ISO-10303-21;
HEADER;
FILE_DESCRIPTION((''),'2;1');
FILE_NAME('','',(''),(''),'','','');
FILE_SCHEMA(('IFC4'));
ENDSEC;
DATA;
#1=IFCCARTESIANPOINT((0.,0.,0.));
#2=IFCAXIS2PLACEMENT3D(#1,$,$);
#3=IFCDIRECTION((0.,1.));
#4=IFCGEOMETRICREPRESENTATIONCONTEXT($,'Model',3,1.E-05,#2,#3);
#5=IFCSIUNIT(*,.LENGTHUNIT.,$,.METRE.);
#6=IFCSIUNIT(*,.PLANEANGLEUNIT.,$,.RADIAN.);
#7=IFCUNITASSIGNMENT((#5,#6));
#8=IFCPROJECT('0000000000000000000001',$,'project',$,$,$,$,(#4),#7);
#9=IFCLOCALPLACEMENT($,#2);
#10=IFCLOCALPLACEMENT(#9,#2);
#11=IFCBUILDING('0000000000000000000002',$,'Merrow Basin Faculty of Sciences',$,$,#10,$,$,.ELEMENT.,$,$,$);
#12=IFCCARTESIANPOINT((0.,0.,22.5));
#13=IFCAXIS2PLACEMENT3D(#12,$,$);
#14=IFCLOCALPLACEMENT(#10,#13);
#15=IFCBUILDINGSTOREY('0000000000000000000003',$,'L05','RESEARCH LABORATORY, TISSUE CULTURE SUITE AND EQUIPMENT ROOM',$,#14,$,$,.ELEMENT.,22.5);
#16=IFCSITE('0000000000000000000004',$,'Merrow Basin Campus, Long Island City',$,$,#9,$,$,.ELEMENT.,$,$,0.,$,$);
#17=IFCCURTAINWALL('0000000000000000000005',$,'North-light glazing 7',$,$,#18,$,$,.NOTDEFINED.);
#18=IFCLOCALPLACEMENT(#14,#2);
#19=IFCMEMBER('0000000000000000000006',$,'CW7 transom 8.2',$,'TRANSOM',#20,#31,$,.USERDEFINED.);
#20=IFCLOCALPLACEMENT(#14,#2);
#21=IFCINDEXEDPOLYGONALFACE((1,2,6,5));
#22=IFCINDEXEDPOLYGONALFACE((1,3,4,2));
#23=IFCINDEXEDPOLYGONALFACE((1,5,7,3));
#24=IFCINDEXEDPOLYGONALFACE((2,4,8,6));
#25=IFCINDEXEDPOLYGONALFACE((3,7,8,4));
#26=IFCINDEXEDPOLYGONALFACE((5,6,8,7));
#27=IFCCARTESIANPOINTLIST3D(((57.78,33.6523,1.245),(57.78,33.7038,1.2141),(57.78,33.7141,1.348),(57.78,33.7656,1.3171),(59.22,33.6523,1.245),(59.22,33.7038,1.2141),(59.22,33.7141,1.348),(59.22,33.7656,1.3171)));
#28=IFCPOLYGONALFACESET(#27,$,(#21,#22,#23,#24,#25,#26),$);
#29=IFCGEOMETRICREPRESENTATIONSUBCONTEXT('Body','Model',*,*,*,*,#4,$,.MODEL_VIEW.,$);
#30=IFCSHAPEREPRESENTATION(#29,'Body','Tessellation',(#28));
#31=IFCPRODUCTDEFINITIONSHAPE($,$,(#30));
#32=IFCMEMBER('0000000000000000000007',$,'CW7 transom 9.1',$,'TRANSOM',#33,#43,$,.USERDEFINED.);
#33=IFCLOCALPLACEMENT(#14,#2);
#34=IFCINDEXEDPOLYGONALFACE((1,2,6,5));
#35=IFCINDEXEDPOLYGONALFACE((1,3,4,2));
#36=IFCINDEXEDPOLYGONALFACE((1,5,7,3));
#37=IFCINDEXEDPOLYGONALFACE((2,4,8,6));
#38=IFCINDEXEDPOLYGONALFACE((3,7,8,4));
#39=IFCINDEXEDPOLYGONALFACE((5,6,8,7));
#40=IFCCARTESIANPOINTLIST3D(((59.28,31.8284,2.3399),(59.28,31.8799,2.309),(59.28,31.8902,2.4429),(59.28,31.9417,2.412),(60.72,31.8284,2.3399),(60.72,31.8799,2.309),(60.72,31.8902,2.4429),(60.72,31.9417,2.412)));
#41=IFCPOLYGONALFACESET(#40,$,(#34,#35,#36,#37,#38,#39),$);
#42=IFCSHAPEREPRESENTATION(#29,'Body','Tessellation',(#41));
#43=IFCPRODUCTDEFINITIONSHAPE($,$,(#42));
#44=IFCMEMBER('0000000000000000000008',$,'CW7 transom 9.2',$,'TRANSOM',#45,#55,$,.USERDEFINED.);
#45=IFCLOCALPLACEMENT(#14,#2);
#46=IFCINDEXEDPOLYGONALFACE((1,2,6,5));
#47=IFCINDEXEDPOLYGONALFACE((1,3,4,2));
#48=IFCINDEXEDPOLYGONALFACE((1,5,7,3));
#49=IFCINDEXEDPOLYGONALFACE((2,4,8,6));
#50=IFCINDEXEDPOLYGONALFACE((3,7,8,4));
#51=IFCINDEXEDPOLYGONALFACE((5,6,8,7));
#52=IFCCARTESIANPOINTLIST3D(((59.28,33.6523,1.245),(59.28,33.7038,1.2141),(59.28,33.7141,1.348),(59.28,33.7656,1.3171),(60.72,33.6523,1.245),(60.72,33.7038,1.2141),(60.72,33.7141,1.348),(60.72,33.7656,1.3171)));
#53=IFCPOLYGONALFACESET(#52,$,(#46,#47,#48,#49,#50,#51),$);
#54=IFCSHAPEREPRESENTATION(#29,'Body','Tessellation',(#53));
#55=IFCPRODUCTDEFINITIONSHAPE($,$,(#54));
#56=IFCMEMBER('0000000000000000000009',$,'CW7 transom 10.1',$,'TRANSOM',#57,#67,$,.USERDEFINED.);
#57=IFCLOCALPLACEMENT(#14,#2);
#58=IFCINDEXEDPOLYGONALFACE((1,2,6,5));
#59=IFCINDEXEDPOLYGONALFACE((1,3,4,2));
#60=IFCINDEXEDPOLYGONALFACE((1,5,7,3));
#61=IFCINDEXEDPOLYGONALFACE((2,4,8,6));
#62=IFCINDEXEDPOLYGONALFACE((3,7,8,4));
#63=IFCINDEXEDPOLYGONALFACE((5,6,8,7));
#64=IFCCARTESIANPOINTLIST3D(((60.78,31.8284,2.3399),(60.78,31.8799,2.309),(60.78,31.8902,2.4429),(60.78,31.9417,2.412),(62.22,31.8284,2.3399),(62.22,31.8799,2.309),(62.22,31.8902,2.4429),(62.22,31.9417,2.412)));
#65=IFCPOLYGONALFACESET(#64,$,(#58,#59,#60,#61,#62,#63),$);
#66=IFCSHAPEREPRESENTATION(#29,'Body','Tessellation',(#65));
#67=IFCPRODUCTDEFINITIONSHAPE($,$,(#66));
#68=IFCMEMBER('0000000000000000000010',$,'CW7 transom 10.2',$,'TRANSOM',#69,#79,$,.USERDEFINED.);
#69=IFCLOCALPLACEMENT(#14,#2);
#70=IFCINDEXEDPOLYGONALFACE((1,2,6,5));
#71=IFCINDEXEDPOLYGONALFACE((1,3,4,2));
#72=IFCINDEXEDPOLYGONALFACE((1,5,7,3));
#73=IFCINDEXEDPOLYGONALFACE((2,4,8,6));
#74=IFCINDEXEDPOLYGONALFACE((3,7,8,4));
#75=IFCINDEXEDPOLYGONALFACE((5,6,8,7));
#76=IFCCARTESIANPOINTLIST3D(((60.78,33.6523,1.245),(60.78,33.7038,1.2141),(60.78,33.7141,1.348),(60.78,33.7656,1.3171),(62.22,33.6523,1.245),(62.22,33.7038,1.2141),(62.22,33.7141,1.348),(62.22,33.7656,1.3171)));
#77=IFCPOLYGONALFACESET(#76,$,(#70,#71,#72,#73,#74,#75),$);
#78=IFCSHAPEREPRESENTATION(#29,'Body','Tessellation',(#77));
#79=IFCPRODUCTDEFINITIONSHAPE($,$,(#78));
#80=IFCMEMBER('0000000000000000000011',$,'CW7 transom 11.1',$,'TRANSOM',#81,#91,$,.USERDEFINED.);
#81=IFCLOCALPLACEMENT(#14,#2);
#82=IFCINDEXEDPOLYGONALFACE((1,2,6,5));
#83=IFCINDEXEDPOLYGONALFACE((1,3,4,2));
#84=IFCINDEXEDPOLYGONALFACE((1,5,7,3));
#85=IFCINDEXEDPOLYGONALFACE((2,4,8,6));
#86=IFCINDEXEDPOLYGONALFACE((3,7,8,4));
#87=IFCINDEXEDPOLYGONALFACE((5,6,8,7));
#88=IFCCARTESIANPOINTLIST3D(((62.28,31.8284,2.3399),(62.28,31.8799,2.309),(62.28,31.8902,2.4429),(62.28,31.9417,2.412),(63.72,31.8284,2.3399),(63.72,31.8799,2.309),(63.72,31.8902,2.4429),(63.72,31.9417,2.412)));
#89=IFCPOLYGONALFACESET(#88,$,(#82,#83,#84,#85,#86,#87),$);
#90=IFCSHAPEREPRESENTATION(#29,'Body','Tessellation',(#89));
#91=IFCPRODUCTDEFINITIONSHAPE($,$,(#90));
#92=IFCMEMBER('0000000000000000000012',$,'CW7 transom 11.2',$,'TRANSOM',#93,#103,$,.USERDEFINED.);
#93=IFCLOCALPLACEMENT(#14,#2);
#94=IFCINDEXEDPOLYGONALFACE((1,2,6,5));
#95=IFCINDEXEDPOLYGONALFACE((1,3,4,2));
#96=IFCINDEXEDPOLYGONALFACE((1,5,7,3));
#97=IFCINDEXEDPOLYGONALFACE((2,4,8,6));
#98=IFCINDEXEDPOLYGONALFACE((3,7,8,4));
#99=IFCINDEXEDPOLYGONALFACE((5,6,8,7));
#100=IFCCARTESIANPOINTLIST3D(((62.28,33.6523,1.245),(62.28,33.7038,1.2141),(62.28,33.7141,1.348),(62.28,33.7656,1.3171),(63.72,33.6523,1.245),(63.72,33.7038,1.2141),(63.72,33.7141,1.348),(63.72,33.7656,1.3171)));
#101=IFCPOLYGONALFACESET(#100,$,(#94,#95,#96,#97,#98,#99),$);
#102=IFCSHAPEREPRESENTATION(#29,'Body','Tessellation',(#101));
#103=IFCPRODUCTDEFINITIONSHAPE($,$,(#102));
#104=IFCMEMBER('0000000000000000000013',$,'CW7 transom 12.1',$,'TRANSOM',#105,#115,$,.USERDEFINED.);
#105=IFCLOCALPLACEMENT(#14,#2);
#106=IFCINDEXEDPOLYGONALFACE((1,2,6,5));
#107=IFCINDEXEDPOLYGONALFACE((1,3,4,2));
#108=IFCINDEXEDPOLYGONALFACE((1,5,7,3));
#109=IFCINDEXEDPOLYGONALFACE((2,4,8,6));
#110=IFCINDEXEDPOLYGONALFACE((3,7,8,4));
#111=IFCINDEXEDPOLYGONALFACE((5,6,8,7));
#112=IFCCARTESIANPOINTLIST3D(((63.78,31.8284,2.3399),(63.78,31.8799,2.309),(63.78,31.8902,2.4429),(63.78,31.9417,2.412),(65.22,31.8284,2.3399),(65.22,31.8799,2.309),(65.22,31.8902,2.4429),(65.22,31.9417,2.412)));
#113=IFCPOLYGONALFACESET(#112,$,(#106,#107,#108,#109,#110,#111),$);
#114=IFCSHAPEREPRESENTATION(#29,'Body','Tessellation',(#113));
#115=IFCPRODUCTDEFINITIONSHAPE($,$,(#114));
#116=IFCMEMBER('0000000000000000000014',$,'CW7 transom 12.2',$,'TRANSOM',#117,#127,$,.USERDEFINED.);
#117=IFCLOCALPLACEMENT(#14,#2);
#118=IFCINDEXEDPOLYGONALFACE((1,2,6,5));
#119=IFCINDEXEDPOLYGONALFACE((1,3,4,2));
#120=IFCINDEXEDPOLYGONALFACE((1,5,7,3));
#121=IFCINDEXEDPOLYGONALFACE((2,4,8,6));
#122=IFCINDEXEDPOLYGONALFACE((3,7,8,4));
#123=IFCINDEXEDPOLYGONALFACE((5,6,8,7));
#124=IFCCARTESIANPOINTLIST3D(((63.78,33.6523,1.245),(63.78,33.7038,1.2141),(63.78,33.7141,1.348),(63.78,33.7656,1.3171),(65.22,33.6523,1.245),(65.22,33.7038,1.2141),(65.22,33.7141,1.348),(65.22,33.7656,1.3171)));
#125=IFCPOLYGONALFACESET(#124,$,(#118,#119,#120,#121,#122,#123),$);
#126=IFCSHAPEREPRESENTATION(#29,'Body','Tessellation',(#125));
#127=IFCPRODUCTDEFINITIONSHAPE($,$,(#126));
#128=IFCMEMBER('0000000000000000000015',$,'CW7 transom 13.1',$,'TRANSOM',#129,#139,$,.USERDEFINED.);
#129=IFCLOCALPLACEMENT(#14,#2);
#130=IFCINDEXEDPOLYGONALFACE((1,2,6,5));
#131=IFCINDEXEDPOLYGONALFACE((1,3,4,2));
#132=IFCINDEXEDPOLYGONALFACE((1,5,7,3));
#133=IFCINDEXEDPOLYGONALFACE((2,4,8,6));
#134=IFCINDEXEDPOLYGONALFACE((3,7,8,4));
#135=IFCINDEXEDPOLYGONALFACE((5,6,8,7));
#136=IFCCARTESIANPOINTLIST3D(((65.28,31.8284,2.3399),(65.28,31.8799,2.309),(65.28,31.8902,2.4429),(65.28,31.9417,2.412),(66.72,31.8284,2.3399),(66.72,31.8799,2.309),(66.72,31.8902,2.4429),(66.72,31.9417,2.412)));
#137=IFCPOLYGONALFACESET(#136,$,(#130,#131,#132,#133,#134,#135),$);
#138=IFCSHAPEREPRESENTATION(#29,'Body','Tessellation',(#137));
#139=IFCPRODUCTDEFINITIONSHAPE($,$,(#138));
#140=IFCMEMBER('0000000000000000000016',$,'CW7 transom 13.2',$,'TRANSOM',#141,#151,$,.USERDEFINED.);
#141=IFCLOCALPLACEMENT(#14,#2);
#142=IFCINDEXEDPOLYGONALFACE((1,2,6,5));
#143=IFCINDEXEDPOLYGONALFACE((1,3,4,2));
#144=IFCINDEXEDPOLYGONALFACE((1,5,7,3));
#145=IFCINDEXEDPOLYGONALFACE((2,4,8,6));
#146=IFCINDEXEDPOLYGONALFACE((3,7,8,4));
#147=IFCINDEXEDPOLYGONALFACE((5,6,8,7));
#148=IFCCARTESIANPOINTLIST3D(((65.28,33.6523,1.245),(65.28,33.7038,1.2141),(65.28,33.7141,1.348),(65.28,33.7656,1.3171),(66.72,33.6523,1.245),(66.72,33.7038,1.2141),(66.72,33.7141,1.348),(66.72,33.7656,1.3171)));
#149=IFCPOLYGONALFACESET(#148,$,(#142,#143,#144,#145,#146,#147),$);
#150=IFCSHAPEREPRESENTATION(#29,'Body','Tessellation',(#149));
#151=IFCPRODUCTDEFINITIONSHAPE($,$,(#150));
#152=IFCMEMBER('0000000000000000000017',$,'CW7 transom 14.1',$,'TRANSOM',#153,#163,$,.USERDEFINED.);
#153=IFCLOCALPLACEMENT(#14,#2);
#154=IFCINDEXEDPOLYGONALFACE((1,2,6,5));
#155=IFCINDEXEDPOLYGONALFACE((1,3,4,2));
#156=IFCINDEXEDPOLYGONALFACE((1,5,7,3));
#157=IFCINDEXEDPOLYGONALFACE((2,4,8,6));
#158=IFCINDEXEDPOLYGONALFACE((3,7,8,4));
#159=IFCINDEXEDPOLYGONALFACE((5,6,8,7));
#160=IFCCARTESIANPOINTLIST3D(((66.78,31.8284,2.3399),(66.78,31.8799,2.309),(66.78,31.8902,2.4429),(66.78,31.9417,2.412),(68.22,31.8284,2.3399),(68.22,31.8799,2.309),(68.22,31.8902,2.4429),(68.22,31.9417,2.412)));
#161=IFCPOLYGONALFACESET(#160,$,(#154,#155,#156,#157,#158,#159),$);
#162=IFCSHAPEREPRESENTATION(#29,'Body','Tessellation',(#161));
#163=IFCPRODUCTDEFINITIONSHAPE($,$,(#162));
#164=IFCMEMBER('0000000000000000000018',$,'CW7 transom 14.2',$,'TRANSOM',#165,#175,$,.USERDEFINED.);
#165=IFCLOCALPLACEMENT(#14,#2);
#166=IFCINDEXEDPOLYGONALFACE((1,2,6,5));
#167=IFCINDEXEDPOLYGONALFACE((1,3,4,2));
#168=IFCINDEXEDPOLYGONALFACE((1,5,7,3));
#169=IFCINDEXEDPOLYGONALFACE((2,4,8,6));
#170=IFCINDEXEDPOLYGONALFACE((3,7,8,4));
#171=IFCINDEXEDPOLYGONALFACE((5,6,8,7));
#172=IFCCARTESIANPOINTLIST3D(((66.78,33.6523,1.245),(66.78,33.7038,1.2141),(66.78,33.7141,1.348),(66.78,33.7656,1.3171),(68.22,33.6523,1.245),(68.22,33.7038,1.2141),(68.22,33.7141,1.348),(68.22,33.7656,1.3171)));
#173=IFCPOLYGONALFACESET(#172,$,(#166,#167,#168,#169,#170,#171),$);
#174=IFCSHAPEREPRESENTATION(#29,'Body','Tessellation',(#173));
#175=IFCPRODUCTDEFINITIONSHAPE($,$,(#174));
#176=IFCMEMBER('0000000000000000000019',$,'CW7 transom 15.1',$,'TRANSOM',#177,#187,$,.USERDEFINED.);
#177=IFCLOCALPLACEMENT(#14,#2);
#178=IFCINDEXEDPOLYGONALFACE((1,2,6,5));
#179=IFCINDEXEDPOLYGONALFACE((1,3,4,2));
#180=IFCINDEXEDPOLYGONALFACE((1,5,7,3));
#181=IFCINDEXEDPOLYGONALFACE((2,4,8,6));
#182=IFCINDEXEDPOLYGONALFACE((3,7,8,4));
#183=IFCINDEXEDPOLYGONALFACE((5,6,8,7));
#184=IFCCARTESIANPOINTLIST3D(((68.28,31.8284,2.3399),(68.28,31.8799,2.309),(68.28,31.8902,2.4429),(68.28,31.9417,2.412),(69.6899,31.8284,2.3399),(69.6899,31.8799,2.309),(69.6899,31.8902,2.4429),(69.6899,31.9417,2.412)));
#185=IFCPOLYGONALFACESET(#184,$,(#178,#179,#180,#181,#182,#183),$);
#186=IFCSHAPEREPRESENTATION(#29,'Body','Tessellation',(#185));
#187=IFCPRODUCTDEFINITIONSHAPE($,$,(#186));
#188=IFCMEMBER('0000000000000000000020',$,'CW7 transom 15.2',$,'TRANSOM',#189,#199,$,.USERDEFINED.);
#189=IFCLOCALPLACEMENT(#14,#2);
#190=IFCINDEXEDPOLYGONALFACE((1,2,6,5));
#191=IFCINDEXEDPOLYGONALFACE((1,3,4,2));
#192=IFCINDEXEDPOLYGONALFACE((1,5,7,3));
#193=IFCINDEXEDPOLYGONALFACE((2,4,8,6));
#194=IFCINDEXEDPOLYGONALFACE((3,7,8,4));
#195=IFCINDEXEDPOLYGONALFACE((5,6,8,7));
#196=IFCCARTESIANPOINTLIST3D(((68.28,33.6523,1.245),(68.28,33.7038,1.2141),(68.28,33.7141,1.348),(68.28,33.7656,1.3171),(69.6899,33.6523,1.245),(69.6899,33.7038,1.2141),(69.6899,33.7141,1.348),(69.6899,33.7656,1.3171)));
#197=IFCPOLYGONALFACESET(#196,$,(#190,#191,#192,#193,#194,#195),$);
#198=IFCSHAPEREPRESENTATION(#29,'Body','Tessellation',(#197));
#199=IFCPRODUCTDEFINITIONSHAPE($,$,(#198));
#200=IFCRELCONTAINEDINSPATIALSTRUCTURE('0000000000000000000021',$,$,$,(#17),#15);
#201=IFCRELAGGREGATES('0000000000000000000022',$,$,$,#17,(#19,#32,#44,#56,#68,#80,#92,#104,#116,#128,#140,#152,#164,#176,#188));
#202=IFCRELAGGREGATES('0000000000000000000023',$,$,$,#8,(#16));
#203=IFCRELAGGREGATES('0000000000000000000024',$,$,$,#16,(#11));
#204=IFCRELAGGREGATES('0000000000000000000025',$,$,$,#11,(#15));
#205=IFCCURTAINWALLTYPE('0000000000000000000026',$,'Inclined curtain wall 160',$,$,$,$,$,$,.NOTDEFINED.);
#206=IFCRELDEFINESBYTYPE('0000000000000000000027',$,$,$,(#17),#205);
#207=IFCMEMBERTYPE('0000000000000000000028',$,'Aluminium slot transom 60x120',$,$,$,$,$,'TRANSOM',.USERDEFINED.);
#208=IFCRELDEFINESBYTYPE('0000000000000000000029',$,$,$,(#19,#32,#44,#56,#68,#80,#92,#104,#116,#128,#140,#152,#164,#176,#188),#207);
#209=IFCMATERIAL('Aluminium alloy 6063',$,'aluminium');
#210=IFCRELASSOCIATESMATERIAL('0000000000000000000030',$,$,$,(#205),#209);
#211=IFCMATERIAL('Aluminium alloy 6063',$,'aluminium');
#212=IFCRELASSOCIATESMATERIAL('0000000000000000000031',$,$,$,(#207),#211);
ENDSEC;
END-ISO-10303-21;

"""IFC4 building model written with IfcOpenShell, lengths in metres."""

from ifc_helpers import new_model, si_unit, direction, frame, origin, origin_2d, place, context, subcontext, project, spatial, rectangle, extrude, material, material_profile, profile_set, type_object, element, aggregate, save


model = new_model("IFC4")

# Units and contexts
model_context = context("Model", 3, precision=1e-05, world=origin(), true_north=direction((0.0, 1.0)))
body_context = subcontext(model_context, "Body", "Model", "MODEL_VIEW")
ifc_project = project(units=[si_unit("LENGTHUNIT", "METRE"), si_unit("PLANEANGLEUNIT", "RADIAN")], contexts=[model_context])

# Site, building, storey
site_placement = place(None, origin())
site = spatial("IfcSite", under=ifc_project, at=site_placement, Name="Merrow Basin Campus, Long Island City", CompositionType="ELEMENT", RefElevation=0.0)
building_placement = place(site_placement, origin())
building = spatial("IfcBuilding", under=site, at=building_placement, Name="Merrow Basin Faculty of Sciences", CompositionType="ELEMENT")
storey_placement = place(building_placement, frame((0.0, 0.0, 22.5)))
storey = spatial("IfcBuildingStorey", under=building, at=storey_placement, Name="L05", Description="RESEARCH LABORATORY, TISSUE CULTURE SUITE AND EQUIPMENT ROOM", CompositionType="ELEMENT", Elevation=22.5)

# Curtain wall, members
ifc_material_1 = material(Name="Aluminium alloy 6063", Category="aluminium")
curtain_wall_type = type_object("IfcCurtainWallType", Name="Inclined curtain wall 160", PredefinedType="NOTDEFINED", material=ifc_material_1)
curtain_wall_placement = place(storey_placement, origin())
curtain_wall = element("IfcCurtainWall", 1, at=curtain_wall_placement, inside=storey, type_object=curtain_wall_type, Name="North-light glazing 7", PredefinedType="NOTDEFINED")
ifc_material_2 = material(Name="Aluminium alloy 6063", Category="aluminium")
ifc_material_profile = material_profile(ifc_material_2, rectangle(XDim=0.0601, YDim=0.1201, at=origin_2d()))
ifc_profile_set = profile_set([ifc_material_profile], Name="Aluminium alloy 6063")
member_type = type_object("IfcMemberType", Name="Aluminium slot transom 60x120", ElementType="TRANSOM", PredefinedType="USERDEFINED", material=ifc_profile_set)
member_1_placement = place(storey_placement, frame((57.78, 33.709, 1.281), z_axis=(1.0, 0.0, 0.0), x_axis=(0.0, 0.857493, -0.514496)))
member_1 = element("IfcMember", 2, at=member_1_placement, type_object=member_type, Name="CW7 transom 8.2", ObjectType="TRANSOM", PredefinedType="USERDEFINED", context=body_context, shape_type="SweptSolid", body=[
    extrude(rectangle(XDim=0.0601, YDim=0.1201, at=origin_2d()), origin(), (0.0, 0.0, 1.0), 1.4399),
])
member_2_placement = place(storey_placement, frame((59.28, 31.885, 2.376), z_axis=(1.0, 0.0, 0.0), x_axis=(0.0, 0.857493, -0.514496)))
member_2 = element("IfcMember", 3, at=member_2_placement, type_object=member_type, Name="CW7 transom 9.1", ObjectType="TRANSOM", PredefinedType="USERDEFINED", context=body_context, shape_type="SweptSolid", body=[
    extrude(rectangle(XDim=0.0601, YDim=0.1201, at=origin_2d()), origin(), (0.0, 0.0, 1.0), 1.4399),
])
member_3_placement = place(storey_placement, frame((59.28, 33.709, 1.281), z_axis=(1.0, 0.0, 0.0), x_axis=(0.0, 0.857493, -0.514496)))
member_3 = element("IfcMember", 4, at=member_3_placement, type_object=member_type, Name="CW7 transom 9.2", ObjectType="TRANSOM", PredefinedType="USERDEFINED", context=body_context, shape_type="SweptSolid", body=[
    extrude(rectangle(XDim=0.0601, YDim=0.1201, at=origin_2d()), origin(), (0.0, 0.0, 1.0), 1.4399),
])
member_4_placement = place(storey_placement, frame((60.78, 31.885, 2.376), z_axis=(1.0, 0.0, 0.0), x_axis=(0.0, 0.857493, -0.514496)))
member_4 = element("IfcMember", 5, at=member_4_placement, type_object=member_type, Name="CW7 transom 10.1", ObjectType="TRANSOM", PredefinedType="USERDEFINED", context=body_context, shape_type="SweptSolid", body=[
    extrude(rectangle(XDim=0.0601, YDim=0.1201, at=origin_2d()), origin(), (0.0, 0.0, 1.0), 1.4399),
])
member_5_placement = place(storey_placement, frame((60.78, 33.709, 1.281), z_axis=(1.0, 0.0, 0.0), x_axis=(0.0, 0.857493, -0.514496)))
member_5 = element("IfcMember", 6, at=member_5_placement, type_object=member_type, Name="CW7 transom 10.2", ObjectType="TRANSOM", PredefinedType="USERDEFINED", context=body_context, shape_type="SweptSolid", body=[
    extrude(rectangle(XDim=0.0601, YDim=0.1201, at=origin_2d()), origin(), (0.0, 0.0, 1.0), 1.4399),
])
member_6_placement = place(storey_placement, frame((62.28, 31.885, 2.376), z_axis=(1.0, 0.0, 0.0), x_axis=(0.0, 0.857493, -0.514496)))
member_6 = element("IfcMember", 7, at=member_6_placement, type_object=member_type, Name="CW7 transom 11.1", ObjectType="TRANSOM", PredefinedType="USERDEFINED", context=body_context, shape_type="SweptSolid", body=[
    extrude(rectangle(XDim=0.0601, YDim=0.1201, at=origin_2d()), origin(), (0.0, 0.0, 1.0), 1.4399),
])
member_7_placement = place(storey_placement, frame((62.28, 33.709, 1.281), z_axis=(1.0, 0.0, 0.0), x_axis=(0.0, 0.857493, -0.514496)))
member_7 = element("IfcMember", 8, at=member_7_placement, type_object=member_type, Name="CW7 transom 11.2", ObjectType="TRANSOM", PredefinedType="USERDEFINED", context=body_context, shape_type="SweptSolid", body=[
    extrude(rectangle(XDim=0.0601, YDim=0.1201, at=origin_2d()), origin(), (0.0, 0.0, 1.0), 1.4399),
])
member_8_placement = place(storey_placement, frame((63.78, 31.885, 2.376), z_axis=(1.0, 0.0, 0.0), x_axis=(0.0, 0.857493, -0.514496)))
member_8 = element("IfcMember", 9, at=member_8_placement, type_object=member_type, Name="CW7 transom 12.1", ObjectType="TRANSOM", PredefinedType="USERDEFINED", context=body_context, shape_type="SweptSolid", body=[
    extrude(rectangle(XDim=0.0601, YDim=0.1201, at=origin_2d()), origin(), (0.0, 0.0, 1.0), 1.4399),
])
member_9_placement = place(storey_placement, frame((63.78, 33.709, 1.281), z_axis=(1.0, 0.0, 0.0), x_axis=(0.0, 0.857493, -0.514496)))
member_9 = element("IfcMember", 10, at=member_9_placement, type_object=member_type, Name="CW7 transom 12.2", ObjectType="TRANSOM", PredefinedType="USERDEFINED", context=body_context, shape_type="SweptSolid", body=[
    extrude(rectangle(XDim=0.0601, YDim=0.1201, at=origin_2d()), origin(), (0.0, 0.0, 1.0), 1.4399),
])
member_10_placement = place(storey_placement, frame((65.28, 31.885, 2.376), z_axis=(1.0, 0.0, 0.0), x_axis=(0.0, 0.857493, -0.514496)))
member_10 = element("IfcMember", 11, at=member_10_placement, type_object=member_type, Name="CW7 transom 13.1", ObjectType="TRANSOM", PredefinedType="USERDEFINED", context=body_context, shape_type="SweptSolid", body=[
    extrude(rectangle(XDim=0.0601, YDim=0.1201, at=origin_2d()), origin(), (0.0, 0.0, 1.0), 1.4399),
])
member_11_placement = place(storey_placement, frame((65.28, 33.709, 1.281), z_axis=(1.0, 0.0, 0.0), x_axis=(0.0, 0.857493, -0.514496)))
member_11 = element("IfcMember", 12, at=member_11_placement, type_object=member_type, Name="CW7 transom 13.2", ObjectType="TRANSOM", PredefinedType="USERDEFINED", context=body_context, shape_type="SweptSolid", body=[
    extrude(rectangle(XDim=0.0601, YDim=0.1201, at=origin_2d()), origin(), (0.0, 0.0, 1.0), 1.4399),
])
member_12_placement = place(storey_placement, frame((66.78, 31.885, 2.376), z_axis=(1.0, 0.0, 0.0), x_axis=(0.0, 0.857493, -0.514496)))
member_12 = element("IfcMember", 13, at=member_12_placement, type_object=member_type, Name="CW7 transom 14.1", ObjectType="TRANSOM", PredefinedType="USERDEFINED", context=body_context, shape_type="SweptSolid", body=[
    extrude(rectangle(XDim=0.0601, YDim=0.1201, at=origin_2d()), origin(), (0.0, 0.0, 1.0), 1.4399),
])
member_13_placement = place(storey_placement, frame((66.78, 33.709, 1.281), z_axis=(1.0, 0.0, 0.0), x_axis=(0.0, 0.857493, -0.514496)))
member_13 = element("IfcMember", 14, at=member_13_placement, type_object=member_type, Name="CW7 transom 14.2", ObjectType="TRANSOM", PredefinedType="USERDEFINED", context=body_context, shape_type="SweptSolid", body=[
    extrude(rectangle(XDim=0.0601, YDim=0.1201, at=origin_2d()), origin(), (0.0, 0.0, 1.0), 1.4399),
])
member_14_placement = place(storey_placement, frame((68.28, 31.885, 2.376), z_axis=(1.0, 0.0, 0.0), x_axis=(0.0, 0.857493, -0.514496)))
member_14 = element("IfcMember", 15, at=member_14_placement, type_object=member_type, Name="CW7 transom 15.1", ObjectType="TRANSOM", PredefinedType="USERDEFINED", context=body_context, shape_type="SweptSolid", body=[
    extrude(rectangle(XDim=0.0601, YDim=0.1201, at=origin_2d()), origin(), (0.0, 0.0, 1.0), 1.4099),
])
member_15_placement = place(storey_placement, frame((68.28, 33.709, 1.281), z_axis=(1.0, 0.0, 0.0), x_axis=(0.0, 0.857493, -0.514496)))
member_15 = element("IfcMember", 16, at=member_15_placement, type_object=member_type, Name="CW7 transom 15.2", ObjectType="TRANSOM", PredefinedType="USERDEFINED", context=body_context, shape_type="SweptSolid", body=[
    extrude(rectangle(XDim=0.0601, YDim=0.1201, at=origin_2d()), origin(), (0.0, 0.0, 1.0), 1.4099),
])
aggregate(curtain_wall, [member_1, member_2, member_3, member_4, member_5, member_6, member_7, member_8, member_9, member_10, member_11, member_12, member_13, member_14, member_15])

save(model, "model.ifc")
